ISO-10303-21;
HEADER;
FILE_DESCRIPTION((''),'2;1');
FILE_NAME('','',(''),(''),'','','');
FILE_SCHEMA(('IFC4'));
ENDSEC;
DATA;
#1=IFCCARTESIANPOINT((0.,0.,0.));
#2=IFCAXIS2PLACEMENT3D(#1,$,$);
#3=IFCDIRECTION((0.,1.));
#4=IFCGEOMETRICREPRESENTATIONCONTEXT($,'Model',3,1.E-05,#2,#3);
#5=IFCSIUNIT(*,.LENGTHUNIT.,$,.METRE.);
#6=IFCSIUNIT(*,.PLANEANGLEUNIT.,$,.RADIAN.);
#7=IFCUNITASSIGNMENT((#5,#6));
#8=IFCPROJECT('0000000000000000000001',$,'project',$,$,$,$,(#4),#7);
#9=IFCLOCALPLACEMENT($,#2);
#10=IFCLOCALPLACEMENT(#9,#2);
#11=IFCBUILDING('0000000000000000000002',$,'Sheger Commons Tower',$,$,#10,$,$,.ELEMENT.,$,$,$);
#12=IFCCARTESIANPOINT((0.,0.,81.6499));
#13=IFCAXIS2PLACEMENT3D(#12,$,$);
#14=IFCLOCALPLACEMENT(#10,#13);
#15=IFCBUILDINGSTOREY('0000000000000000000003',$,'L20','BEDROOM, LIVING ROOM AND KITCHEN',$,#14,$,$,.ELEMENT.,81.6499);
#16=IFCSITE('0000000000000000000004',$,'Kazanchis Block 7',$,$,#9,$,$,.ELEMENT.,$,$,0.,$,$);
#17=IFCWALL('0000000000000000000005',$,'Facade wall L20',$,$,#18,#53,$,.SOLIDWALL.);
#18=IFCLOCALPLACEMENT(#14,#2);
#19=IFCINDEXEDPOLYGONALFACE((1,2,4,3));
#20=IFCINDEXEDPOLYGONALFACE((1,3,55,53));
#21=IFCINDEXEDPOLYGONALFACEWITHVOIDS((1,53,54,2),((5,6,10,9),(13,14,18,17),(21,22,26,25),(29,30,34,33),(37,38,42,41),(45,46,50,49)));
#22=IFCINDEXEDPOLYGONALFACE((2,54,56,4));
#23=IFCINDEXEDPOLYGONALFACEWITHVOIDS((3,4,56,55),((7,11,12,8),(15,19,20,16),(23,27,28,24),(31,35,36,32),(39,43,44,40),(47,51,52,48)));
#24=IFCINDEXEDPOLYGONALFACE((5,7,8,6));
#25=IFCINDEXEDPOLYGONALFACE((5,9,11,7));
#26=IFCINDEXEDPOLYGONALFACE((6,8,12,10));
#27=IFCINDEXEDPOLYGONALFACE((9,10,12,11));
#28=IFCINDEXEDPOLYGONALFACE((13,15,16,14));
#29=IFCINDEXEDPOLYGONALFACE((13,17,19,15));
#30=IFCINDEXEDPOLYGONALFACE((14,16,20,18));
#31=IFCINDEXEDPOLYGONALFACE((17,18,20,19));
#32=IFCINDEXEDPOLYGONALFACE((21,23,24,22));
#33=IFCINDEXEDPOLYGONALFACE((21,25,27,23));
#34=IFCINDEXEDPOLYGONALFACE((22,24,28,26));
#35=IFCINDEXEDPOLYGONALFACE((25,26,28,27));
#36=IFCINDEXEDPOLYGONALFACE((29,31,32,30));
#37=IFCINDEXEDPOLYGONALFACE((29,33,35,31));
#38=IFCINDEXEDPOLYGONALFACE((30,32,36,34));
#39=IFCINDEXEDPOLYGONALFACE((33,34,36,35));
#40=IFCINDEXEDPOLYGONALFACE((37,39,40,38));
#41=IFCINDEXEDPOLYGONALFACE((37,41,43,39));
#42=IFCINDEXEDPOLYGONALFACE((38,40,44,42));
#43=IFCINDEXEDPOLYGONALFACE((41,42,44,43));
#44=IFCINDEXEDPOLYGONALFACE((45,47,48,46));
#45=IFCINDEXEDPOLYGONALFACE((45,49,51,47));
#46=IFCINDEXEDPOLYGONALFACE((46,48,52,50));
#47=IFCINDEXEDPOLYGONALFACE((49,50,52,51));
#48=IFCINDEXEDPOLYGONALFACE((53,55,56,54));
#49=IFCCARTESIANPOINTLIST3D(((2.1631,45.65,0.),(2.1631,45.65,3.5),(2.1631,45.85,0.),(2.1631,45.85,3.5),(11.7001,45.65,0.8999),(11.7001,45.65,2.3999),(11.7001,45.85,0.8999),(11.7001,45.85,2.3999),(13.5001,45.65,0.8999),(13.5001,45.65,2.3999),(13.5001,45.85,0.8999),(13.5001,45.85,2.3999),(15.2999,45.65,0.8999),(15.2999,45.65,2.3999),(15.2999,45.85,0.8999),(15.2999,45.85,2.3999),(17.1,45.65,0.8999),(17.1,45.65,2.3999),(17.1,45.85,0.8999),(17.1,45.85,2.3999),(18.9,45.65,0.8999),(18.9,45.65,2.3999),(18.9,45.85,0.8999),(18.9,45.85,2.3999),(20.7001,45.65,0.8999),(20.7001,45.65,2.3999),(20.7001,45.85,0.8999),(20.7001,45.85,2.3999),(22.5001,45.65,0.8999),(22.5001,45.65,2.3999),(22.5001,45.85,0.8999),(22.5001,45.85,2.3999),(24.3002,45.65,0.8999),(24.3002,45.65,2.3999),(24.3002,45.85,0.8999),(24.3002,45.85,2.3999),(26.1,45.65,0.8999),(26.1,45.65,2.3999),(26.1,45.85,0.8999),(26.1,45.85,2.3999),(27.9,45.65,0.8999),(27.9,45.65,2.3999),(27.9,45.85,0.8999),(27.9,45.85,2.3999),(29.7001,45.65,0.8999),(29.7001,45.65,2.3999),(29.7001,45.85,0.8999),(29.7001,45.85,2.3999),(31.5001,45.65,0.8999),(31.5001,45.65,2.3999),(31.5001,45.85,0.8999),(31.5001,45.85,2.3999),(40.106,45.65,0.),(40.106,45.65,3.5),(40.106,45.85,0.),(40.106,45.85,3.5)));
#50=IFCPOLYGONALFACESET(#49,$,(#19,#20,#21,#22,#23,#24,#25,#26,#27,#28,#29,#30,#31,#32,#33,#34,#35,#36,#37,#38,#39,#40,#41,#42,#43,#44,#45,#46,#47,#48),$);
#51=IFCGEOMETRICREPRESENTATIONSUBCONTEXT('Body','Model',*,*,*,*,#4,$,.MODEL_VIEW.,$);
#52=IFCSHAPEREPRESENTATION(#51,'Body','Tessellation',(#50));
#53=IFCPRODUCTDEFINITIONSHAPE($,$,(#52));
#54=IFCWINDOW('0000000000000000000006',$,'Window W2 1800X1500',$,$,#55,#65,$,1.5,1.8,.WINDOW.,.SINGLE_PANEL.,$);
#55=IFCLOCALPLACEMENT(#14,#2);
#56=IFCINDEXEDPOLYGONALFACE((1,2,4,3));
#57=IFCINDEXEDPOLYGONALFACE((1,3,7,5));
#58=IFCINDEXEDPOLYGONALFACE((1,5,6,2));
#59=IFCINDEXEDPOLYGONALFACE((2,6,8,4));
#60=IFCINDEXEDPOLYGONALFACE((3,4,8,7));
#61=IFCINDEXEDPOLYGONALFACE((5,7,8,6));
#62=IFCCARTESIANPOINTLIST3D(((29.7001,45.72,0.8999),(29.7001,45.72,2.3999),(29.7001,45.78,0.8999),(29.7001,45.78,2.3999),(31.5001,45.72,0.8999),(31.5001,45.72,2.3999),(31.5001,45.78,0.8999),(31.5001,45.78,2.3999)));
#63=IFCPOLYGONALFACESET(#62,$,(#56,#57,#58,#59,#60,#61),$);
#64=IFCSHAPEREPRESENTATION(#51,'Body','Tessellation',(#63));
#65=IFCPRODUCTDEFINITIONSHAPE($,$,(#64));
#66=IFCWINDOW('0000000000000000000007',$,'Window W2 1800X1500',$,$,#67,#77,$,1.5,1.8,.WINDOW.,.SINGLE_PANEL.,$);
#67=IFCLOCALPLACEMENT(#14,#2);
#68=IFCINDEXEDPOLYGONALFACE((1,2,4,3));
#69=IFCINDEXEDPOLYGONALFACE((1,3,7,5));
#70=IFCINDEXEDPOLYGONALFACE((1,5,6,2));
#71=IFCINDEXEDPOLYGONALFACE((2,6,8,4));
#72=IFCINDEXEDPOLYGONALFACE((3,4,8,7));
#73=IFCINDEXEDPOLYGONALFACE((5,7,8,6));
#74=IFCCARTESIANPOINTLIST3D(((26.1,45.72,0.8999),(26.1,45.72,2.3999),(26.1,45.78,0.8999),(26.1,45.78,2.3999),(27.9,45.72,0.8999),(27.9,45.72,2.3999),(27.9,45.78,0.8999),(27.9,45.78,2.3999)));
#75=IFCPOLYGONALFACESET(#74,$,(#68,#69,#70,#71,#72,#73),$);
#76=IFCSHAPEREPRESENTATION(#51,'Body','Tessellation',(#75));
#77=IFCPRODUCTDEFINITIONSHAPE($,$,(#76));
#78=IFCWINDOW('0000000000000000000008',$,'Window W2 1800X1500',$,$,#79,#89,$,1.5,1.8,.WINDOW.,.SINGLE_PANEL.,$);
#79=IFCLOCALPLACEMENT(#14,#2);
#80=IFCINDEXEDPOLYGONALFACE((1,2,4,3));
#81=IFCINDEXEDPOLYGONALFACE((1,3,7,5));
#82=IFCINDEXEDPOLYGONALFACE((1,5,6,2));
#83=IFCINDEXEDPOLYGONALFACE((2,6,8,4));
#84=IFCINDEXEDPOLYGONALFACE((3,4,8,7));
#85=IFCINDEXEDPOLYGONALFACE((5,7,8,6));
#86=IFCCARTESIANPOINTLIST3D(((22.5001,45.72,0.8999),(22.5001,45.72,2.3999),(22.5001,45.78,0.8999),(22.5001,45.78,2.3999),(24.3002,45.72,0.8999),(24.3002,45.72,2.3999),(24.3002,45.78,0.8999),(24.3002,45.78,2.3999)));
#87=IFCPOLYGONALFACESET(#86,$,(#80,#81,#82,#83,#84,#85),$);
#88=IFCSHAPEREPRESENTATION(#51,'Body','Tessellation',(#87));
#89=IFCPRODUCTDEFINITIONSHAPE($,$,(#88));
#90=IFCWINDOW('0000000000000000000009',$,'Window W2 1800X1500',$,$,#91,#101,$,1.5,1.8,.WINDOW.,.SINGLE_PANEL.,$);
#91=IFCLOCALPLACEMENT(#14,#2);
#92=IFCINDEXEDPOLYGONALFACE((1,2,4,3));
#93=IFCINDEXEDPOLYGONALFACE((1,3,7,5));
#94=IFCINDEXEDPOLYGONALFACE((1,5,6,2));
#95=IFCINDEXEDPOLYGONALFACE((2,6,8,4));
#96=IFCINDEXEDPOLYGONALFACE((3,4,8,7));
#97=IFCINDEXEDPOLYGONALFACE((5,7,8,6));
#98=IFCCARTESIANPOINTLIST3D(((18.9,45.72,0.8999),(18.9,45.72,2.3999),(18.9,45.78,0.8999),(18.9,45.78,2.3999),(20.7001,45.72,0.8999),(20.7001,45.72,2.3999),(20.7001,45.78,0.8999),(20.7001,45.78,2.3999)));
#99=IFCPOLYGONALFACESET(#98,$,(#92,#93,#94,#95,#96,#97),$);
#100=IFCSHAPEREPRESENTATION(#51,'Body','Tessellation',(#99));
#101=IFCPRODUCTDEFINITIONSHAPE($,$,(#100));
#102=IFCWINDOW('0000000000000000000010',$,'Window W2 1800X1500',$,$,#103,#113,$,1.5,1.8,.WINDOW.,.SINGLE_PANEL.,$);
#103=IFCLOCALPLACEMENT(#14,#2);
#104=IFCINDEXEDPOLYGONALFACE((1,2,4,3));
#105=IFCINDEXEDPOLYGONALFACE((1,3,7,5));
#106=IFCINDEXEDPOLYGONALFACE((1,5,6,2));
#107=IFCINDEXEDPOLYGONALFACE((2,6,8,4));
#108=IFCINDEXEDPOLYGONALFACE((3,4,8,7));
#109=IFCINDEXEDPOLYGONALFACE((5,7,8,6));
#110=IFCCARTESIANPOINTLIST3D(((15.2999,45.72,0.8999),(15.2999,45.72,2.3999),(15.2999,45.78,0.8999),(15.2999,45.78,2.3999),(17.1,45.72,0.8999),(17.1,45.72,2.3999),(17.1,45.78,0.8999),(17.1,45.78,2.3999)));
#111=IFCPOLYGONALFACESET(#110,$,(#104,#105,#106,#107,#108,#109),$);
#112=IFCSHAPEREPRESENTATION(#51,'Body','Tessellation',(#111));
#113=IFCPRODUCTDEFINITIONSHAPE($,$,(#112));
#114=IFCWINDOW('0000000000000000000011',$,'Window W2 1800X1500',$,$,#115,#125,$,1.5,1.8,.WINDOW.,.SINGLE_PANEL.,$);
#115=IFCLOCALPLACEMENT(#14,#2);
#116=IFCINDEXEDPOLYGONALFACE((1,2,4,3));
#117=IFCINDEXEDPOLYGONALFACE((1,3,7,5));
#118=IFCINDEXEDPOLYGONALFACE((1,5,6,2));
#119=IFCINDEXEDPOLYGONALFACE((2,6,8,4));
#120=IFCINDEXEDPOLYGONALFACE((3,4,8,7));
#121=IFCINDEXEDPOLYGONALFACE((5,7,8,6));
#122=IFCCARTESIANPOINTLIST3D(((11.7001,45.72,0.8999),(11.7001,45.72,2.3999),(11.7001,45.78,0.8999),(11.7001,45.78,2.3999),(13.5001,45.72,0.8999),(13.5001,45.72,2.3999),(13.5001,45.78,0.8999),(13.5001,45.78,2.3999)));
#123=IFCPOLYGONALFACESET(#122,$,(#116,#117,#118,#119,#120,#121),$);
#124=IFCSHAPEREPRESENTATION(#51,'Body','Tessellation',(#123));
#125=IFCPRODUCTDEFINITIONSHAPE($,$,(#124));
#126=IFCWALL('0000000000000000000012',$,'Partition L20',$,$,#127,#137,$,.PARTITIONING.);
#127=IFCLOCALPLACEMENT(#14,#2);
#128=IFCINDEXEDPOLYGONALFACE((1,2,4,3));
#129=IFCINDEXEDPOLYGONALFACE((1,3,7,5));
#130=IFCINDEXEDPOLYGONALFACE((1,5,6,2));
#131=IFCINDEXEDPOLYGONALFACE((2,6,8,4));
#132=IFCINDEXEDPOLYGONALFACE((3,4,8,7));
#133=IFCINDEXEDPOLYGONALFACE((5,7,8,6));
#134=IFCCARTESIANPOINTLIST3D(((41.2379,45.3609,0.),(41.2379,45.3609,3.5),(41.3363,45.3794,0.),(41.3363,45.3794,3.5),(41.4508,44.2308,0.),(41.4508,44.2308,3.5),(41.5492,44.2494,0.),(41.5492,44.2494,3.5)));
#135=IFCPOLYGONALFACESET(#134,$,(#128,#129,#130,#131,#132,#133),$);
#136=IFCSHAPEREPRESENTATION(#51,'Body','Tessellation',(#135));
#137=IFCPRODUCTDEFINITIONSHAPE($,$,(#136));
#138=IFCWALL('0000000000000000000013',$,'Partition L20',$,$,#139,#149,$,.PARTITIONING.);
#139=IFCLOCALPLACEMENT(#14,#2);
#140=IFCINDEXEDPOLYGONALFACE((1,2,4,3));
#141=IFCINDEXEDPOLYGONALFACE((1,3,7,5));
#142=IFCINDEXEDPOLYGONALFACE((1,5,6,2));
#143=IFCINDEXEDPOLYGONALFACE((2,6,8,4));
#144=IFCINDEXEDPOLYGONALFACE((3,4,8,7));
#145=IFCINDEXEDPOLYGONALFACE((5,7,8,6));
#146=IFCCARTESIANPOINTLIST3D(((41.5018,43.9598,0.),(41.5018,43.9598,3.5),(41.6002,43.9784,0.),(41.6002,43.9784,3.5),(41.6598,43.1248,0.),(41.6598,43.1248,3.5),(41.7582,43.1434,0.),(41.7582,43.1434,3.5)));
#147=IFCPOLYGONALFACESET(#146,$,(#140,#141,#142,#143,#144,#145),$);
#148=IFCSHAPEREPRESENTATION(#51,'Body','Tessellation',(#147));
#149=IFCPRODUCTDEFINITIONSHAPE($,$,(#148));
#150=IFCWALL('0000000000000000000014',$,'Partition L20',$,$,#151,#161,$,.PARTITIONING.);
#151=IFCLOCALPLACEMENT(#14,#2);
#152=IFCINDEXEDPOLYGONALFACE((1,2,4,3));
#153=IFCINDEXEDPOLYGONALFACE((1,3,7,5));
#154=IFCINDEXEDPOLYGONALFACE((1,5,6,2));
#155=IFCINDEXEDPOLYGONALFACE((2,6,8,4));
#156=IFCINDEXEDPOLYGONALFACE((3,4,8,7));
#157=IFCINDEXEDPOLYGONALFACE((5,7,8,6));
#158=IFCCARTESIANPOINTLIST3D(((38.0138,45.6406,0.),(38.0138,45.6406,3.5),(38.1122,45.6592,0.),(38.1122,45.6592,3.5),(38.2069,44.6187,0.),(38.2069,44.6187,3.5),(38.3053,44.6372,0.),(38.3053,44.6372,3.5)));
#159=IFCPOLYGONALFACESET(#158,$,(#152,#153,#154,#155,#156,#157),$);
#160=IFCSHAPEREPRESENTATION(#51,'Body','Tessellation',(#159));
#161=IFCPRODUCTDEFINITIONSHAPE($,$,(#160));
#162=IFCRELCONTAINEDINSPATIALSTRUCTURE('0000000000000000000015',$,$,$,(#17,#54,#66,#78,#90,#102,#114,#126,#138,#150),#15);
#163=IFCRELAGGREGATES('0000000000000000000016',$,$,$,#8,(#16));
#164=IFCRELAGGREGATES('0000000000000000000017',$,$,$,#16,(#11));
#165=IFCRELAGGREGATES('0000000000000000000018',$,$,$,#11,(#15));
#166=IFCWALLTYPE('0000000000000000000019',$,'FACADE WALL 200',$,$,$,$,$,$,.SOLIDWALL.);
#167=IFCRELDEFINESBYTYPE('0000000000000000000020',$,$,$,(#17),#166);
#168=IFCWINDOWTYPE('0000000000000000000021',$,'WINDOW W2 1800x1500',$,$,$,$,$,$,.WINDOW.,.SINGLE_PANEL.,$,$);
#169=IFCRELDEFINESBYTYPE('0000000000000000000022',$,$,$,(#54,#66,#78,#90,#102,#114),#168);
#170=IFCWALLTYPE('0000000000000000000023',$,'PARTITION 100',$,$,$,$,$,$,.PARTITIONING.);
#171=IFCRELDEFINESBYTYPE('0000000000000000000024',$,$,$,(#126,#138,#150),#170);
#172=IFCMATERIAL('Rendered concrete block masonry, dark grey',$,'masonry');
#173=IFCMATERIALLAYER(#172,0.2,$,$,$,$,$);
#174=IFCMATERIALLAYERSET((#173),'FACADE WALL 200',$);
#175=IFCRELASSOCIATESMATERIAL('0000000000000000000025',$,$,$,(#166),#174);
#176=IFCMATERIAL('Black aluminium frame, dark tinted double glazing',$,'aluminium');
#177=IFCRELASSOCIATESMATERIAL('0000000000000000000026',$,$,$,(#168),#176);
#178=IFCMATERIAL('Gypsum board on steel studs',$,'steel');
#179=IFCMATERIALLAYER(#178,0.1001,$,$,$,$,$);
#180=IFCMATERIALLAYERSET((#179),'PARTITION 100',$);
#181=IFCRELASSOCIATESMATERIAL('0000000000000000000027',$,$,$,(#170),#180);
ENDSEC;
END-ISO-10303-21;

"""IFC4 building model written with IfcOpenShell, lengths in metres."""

from ifc_helpers import new_model, si_unit, direction, frame, frame_2d, origin, place, context, subcontext, project, spatial, rectangle, extrude, material, layer, layer_set, type_object, element, fill, save


model = new_model("IFC4")

# Units and contexts
model_context = context("Model", 3, precision=1e-05, world=origin(), true_north=direction((0.0, 1.0)))
body_context = subcontext(model_context, "Body", "Model", "MODEL_VIEW")
ifc_project = project(units=[si_unit("LENGTHUNIT", "METRE"), si_unit("PLANEANGLEUNIT", "RADIAN")], contexts=[model_context])

# Site, building, storey
site_placement = place(None, origin())
site = spatial("IfcSite", under=ifc_project, at=site_placement, Name="Kazanchis Block 7", CompositionType="ELEMENT", RefElevation=0.0)
building_placement = place(site_placement, origin())
building = spatial("IfcBuilding", under=site, at=building_placement, Name="Sheger Commons Tower", CompositionType="ELEMENT")
storey_placement = place(building_placement, frame((0.0, 0.0, 81.6499)))
storey = spatial("IfcBuildingStorey", under=building, at=storey_placement, Name="L20", Description="BEDROOM, LIVING ROOM AND KITCHEN", CompositionType="ELEMENT", Elevation=81.6499)

# Shared definitions
ifc_material_1 = material(Name="Rendered concrete block masonry, dark grey", Category="masonry")
ifc_layer_1 = layer(ifc_material_1, 0.2)
ifc_layer_set_1 = layer_set([ifc_layer_1], Name="FACADE WALL 200")
wall_type_1 = type_object("IfcWallType", Name="FACADE WALL 200", PredefinedType="SOLIDWALL", material=ifc_layer_set_1)

# Wall, openings, windows
wall_1_placement = place(storey_placement, frame((40.106, 45.75, 0.0), z_axis=(0.0, 0.0, 1.0), x_axis=(-1.0, 0.0, 0.0)))
wall_1 = element("IfcWall", 1, at=wall_1_placement, inside=storey, type_object=wall_type_1, Name="Facade wall L20", PredefinedType="SOLIDWALL", context=body_context, shape_type="SweptSolid", body=[
    extrude(rectangle(XDim=37.9429, YDim=0.2, at=frame_2d((18.9714, 0.0))), origin(), (0.0, 0.0, 1.0), 3.5),
])
opening_1_placement = place(wall_1_placement, frame((8.606, 0.0, 0.8999)))
opening_1 = element("IfcOpeningElement", 2, at=opening_1_placement, cuts=wall_1, PredefinedType="OPENING", context=body_context, shape_type="SweptSolid", body=[
    extrude(rectangle(XDim=1.8, YDim=1.5, at=frame_2d((0.8999, 0.75))), frame((0.0, 0.1099, 0.0), z_axis=(0.0, -1.0, 0.0), x_axis=(1.0, 0.0, 0.0)), (0.0, 0.0, 1.0), 0.22),
])
opening_2_placement = place(wall_1_placement, frame((12.2061, 0.0, 0.8999)))
opening_2 = element("IfcOpeningElement", 3, at=opening_2_placement, cuts=wall_1, PredefinedType="OPENING", context=body_context, shape_type="SweptSolid", body=[
    extrude(rectangle(XDim=1.8, YDim=1.5, at=frame_2d((0.8999, 0.75))), frame((0.0, 0.1099, 0.0), z_axis=(0.0, -1.0, 0.0), x_axis=(1.0, 0.0, 0.0)), (0.0, 0.0, 1.0), 0.22),
])
opening_3_placement = place(wall_1_placement, frame((15.8059, 0.0, 0.8999)))
opening_3 = element("IfcOpeningElement", 4, at=opening_3_placement, cuts=wall_1, PredefinedType="OPENING", context=body_context, shape_type="SweptSolid", body=[
    extrude(rectangle(XDim=1.8, YDim=1.5, at=frame_2d((0.8999, 0.75))), frame((0.0, 0.1099, 0.0), z_axis=(0.0, -1.0, 0.0), x_axis=(1.0, 0.0, 0.0)), (0.0, 0.0, 1.0), 0.22),
])
opening_4_placement = place(wall_1_placement, frame((19.406, 0.0, 0.8999)))
opening_4 = element("IfcOpeningElement", 5, at=opening_4_placement, cuts=wall_1, PredefinedType="OPENING", context=body_context, shape_type="SweptSolid", body=[
    extrude(rectangle(XDim=1.8, YDim=1.5, at=frame_2d((0.8999, 0.75))), frame((0.0, 0.1099, 0.0), z_axis=(0.0, -1.0, 0.0), x_axis=(1.0, 0.0, 0.0)), (0.0, 0.0, 1.0), 0.22),
])
opening_5_placement = place(wall_1_placement, frame((23.0061, 0.0, 0.8999)))
opening_5 = element("IfcOpeningElement", 6, at=opening_5_placement, cuts=wall_1, PredefinedType="OPENING", context=body_context, shape_type="SweptSolid", body=[
    extrude(rectangle(XDim=1.8, YDim=1.5, at=frame_2d((0.8999, 0.75))), frame((0.0, 0.1099, 0.0), z_axis=(0.0, -1.0, 0.0), x_axis=(1.0, 0.0, 0.0)), (0.0, 0.0, 1.0), 0.22),
])
opening_6_placement = place(wall_1_placement, frame((26.606, 0.0, 0.8999)))
opening_6 = element("IfcOpeningElement", 7, at=opening_6_placement, cuts=wall_1, PredefinedType="OPENING", context=body_context, shape_type="SweptSolid", body=[
    extrude(rectangle(XDim=1.8, YDim=1.5, at=frame_2d((0.8999, 0.75))), frame((0.0, 0.1099, 0.0), z_axis=(0.0, -1.0, 0.0), x_axis=(1.0, 0.0, 0.0)), (0.0, 0.0, 1.0), 0.22),
])
ifc_material_2 = material(Name="Black aluminium frame, dark tinted double glazing", Category="aluminium")
window_type = type_object("IfcWindowType", Name="WINDOW W2 1800x1500", PartitioningType="SINGLE_PANEL", PredefinedType="WINDOW", material=ifc_material_2)
window_1_placement = place(opening_1_placement, origin())
window_1 = element("IfcWindow", 8, at=window_1_placement, inside=storey, type_object=window_type, Name="Window W2 1800X1500", OverallHeight=1.5, OverallWidth=1.8, PartitioningType="SINGLE_PANEL", PredefinedType="WINDOW", context=body_context, shape_type="SweptSolid", body=[
    extrude(rectangle(XDim=1.8, YDim=1.5, at=frame_2d((0.8999, 0.75))), frame((0.0, 0.03, 0.0), z_axis=(0.0, -1.0, 0.0), x_axis=(1.0, 0.0, 0.0)), (0.0, 0.0, 1.0), 0.0601),
])
fill(opening_1, window_1)
window_2_placement = place(opening_2_placement, origin())
window_2 = element("IfcWindow", 9, at=window_2_placement, inside=storey, type_object=window_type, Name="Window W2 1800X1500", OverallHeight=1.5, OverallWidth=1.8, PartitioningType="SINGLE_PANEL", PredefinedType="WINDOW", context=body_context, shape_type="SweptSolid", body=[
    extrude(rectangle(XDim=1.8, YDim=1.5, at=frame_2d((0.8999, 0.75))), frame((0.0, 0.03, 0.0), z_axis=(0.0, -1.0, 0.0), x_axis=(1.0, 0.0, 0.0)), (0.0, 0.0, 1.0), 0.0601),
])
fill(opening_2, window_2)
window_3_placement = place(opening_3_placement, origin())
window_3 = element("IfcWindow", 10, at=window_3_placement, inside=storey, type_object=window_type, Name="Window W2 1800X1500", OverallHeight=1.5, OverallWidth=1.8, PartitioningType="SINGLE_PANEL", PredefinedType="WINDOW", context=body_context, shape_type="SweptSolid", body=[
    extrude(rectangle(XDim=1.8, YDim=1.5, at=frame_2d((0.8999, 0.75))), frame((0.0, 0.03, 0.0), z_axis=(0.0, -1.0, 0.0), x_axis=(1.0, 0.0, 0.0)), (0.0, 0.0, 1.0), 0.0601),
])
fill(opening_3, window_3)
window_4_placement = place(opening_4_placement, origin())
window_4 = element("IfcWindow", 11, at=window_4_placement, inside=storey, type_object=window_type, Name="Window W2 1800X1500", OverallHeight=1.5, OverallWidth=1.8, PartitioningType="SINGLE_PANEL", PredefinedType="WINDOW", context=body_context, shape_type="SweptSolid", body=[
    extrude(rectangle(XDim=1.8, YDim=1.5, at=frame_2d((0.8999, 0.75))), frame((0.0, 0.03, 0.0), z_axis=(0.0, -1.0, 0.0), x_axis=(1.0, 0.0, 0.0)), (0.0, 0.0, 1.0), 0.0601),
])
fill(opening_4, window_4)
window_5_placement = place(opening_5_placement, origin())
window_5 = element("IfcWindow", 12, at=window_5_placement, inside=storey, type_object=window_type, Name="Window W2 1800X1500", OverallHeight=1.5, OverallWidth=1.8, PartitioningType="SINGLE_PANEL", PredefinedType="WINDOW", context=body_context, shape_type="SweptSolid", body=[
    extrude(rectangle(XDim=1.8, YDim=1.5, at=frame_2d((0.8999, 0.75))), frame((0.0, 0.03, 0.0), z_axis=(0.0, -1.0, 0.0), x_axis=(1.0, 0.0, 0.0)), (0.0, 0.0, 1.0), 0.0601),
])
fill(opening_5, window_5)
window_6_placement = place(opening_6_placement, origin())
window_6 = element("IfcWindow", 13, at=window_6_placement, inside=storey, type_object=window_type, Name="Window W2 1800X1500", OverallHeight=1.5, OverallWidth=1.8, PartitioningType="SINGLE_PANEL", PredefinedType="WINDOW", context=body_context, shape_type="SweptSolid", body=[
    extrude(rectangle(XDim=1.8, YDim=1.5, at=frame_2d((0.8999, 0.75))), frame((0.0, 0.03, 0.0), z_axis=(0.0, -1.0, 0.0), x_axis=(1.0, 0.0, 0.0)), (0.0, 0.0, 1.0), 0.0601),
])
fill(opening_6, window_6)

# Walls
ifc_material_3 = material(Name="Gypsum board on steel studs", Category="steel")
ifc_layer_2 = layer(ifc_material_3, 0.1001)
ifc_layer_set_2 = layer_set([ifc_layer_2], Name="PARTITION 100")
wall_type_2 = type_object("IfcWallType", Name="PARTITION 100", PredefinedType="PARTITIONING", material=ifc_layer_set_2)
wall_2_placement = place(storey_placement, frame((41.2871, 45.3701, 0.0), z_axis=(0.0, 0.0, 1.0), x_axis=(0.185122, -0.982716, 0.0)))
element("IfcWall", 14, at=wall_2_placement, inside=storey, type_object=wall_type_2, Name="Partition L20", PredefinedType="PARTITIONING", context=body_context, shape_type="SweptSolid", body=[
    extrude(rectangle(XDim=1.1499, YDim=0.1001, at=frame_2d((0.575, 0.0))), origin(), (0.0, 0.0, 1.0), 3.5),
])
wall_3_placement = place(storey_placement, frame((41.551, 43.969, 0.0), z_axis=(0.0, 0.0, 1.0), x_axis=(0.185884, -0.982572, 0.0)))
element("IfcWall", 15, at=wall_3_placement, inside=storey, type_object=wall_type_2, Name="Partition L20", PredefinedType="PARTITIONING", context=body_context, shape_type="SweptSolid", body=[
    extrude(rectangle(XDim=0.8499, YDim=0.1001, at=frame_2d((0.4248, 0.0))), origin(), (0.0, 0.0, 1.0), 3.5),
])
wall_4_placement = place(storey_placement, frame((38.063, 45.6499, 0.0), z_axis=(0.0, 0.0, 1.0), x_axis=(0.185677, -0.982611, 0.0)))
element("IfcWall", 16, at=wall_4_placement, inside=storey, type_object=wall_type_2, Name="Partition L20", PredefinedType="PARTITIONING", context=body_context, shape_type="SweptSolid", body=[
    extrude(rectangle(XDim=1.04, YDim=0.1001, at=frame_2d((0.52, 0.0))), origin(), (0.0, 0.0, 1.0), 3.5),
])

save(model, "model.ifc")
